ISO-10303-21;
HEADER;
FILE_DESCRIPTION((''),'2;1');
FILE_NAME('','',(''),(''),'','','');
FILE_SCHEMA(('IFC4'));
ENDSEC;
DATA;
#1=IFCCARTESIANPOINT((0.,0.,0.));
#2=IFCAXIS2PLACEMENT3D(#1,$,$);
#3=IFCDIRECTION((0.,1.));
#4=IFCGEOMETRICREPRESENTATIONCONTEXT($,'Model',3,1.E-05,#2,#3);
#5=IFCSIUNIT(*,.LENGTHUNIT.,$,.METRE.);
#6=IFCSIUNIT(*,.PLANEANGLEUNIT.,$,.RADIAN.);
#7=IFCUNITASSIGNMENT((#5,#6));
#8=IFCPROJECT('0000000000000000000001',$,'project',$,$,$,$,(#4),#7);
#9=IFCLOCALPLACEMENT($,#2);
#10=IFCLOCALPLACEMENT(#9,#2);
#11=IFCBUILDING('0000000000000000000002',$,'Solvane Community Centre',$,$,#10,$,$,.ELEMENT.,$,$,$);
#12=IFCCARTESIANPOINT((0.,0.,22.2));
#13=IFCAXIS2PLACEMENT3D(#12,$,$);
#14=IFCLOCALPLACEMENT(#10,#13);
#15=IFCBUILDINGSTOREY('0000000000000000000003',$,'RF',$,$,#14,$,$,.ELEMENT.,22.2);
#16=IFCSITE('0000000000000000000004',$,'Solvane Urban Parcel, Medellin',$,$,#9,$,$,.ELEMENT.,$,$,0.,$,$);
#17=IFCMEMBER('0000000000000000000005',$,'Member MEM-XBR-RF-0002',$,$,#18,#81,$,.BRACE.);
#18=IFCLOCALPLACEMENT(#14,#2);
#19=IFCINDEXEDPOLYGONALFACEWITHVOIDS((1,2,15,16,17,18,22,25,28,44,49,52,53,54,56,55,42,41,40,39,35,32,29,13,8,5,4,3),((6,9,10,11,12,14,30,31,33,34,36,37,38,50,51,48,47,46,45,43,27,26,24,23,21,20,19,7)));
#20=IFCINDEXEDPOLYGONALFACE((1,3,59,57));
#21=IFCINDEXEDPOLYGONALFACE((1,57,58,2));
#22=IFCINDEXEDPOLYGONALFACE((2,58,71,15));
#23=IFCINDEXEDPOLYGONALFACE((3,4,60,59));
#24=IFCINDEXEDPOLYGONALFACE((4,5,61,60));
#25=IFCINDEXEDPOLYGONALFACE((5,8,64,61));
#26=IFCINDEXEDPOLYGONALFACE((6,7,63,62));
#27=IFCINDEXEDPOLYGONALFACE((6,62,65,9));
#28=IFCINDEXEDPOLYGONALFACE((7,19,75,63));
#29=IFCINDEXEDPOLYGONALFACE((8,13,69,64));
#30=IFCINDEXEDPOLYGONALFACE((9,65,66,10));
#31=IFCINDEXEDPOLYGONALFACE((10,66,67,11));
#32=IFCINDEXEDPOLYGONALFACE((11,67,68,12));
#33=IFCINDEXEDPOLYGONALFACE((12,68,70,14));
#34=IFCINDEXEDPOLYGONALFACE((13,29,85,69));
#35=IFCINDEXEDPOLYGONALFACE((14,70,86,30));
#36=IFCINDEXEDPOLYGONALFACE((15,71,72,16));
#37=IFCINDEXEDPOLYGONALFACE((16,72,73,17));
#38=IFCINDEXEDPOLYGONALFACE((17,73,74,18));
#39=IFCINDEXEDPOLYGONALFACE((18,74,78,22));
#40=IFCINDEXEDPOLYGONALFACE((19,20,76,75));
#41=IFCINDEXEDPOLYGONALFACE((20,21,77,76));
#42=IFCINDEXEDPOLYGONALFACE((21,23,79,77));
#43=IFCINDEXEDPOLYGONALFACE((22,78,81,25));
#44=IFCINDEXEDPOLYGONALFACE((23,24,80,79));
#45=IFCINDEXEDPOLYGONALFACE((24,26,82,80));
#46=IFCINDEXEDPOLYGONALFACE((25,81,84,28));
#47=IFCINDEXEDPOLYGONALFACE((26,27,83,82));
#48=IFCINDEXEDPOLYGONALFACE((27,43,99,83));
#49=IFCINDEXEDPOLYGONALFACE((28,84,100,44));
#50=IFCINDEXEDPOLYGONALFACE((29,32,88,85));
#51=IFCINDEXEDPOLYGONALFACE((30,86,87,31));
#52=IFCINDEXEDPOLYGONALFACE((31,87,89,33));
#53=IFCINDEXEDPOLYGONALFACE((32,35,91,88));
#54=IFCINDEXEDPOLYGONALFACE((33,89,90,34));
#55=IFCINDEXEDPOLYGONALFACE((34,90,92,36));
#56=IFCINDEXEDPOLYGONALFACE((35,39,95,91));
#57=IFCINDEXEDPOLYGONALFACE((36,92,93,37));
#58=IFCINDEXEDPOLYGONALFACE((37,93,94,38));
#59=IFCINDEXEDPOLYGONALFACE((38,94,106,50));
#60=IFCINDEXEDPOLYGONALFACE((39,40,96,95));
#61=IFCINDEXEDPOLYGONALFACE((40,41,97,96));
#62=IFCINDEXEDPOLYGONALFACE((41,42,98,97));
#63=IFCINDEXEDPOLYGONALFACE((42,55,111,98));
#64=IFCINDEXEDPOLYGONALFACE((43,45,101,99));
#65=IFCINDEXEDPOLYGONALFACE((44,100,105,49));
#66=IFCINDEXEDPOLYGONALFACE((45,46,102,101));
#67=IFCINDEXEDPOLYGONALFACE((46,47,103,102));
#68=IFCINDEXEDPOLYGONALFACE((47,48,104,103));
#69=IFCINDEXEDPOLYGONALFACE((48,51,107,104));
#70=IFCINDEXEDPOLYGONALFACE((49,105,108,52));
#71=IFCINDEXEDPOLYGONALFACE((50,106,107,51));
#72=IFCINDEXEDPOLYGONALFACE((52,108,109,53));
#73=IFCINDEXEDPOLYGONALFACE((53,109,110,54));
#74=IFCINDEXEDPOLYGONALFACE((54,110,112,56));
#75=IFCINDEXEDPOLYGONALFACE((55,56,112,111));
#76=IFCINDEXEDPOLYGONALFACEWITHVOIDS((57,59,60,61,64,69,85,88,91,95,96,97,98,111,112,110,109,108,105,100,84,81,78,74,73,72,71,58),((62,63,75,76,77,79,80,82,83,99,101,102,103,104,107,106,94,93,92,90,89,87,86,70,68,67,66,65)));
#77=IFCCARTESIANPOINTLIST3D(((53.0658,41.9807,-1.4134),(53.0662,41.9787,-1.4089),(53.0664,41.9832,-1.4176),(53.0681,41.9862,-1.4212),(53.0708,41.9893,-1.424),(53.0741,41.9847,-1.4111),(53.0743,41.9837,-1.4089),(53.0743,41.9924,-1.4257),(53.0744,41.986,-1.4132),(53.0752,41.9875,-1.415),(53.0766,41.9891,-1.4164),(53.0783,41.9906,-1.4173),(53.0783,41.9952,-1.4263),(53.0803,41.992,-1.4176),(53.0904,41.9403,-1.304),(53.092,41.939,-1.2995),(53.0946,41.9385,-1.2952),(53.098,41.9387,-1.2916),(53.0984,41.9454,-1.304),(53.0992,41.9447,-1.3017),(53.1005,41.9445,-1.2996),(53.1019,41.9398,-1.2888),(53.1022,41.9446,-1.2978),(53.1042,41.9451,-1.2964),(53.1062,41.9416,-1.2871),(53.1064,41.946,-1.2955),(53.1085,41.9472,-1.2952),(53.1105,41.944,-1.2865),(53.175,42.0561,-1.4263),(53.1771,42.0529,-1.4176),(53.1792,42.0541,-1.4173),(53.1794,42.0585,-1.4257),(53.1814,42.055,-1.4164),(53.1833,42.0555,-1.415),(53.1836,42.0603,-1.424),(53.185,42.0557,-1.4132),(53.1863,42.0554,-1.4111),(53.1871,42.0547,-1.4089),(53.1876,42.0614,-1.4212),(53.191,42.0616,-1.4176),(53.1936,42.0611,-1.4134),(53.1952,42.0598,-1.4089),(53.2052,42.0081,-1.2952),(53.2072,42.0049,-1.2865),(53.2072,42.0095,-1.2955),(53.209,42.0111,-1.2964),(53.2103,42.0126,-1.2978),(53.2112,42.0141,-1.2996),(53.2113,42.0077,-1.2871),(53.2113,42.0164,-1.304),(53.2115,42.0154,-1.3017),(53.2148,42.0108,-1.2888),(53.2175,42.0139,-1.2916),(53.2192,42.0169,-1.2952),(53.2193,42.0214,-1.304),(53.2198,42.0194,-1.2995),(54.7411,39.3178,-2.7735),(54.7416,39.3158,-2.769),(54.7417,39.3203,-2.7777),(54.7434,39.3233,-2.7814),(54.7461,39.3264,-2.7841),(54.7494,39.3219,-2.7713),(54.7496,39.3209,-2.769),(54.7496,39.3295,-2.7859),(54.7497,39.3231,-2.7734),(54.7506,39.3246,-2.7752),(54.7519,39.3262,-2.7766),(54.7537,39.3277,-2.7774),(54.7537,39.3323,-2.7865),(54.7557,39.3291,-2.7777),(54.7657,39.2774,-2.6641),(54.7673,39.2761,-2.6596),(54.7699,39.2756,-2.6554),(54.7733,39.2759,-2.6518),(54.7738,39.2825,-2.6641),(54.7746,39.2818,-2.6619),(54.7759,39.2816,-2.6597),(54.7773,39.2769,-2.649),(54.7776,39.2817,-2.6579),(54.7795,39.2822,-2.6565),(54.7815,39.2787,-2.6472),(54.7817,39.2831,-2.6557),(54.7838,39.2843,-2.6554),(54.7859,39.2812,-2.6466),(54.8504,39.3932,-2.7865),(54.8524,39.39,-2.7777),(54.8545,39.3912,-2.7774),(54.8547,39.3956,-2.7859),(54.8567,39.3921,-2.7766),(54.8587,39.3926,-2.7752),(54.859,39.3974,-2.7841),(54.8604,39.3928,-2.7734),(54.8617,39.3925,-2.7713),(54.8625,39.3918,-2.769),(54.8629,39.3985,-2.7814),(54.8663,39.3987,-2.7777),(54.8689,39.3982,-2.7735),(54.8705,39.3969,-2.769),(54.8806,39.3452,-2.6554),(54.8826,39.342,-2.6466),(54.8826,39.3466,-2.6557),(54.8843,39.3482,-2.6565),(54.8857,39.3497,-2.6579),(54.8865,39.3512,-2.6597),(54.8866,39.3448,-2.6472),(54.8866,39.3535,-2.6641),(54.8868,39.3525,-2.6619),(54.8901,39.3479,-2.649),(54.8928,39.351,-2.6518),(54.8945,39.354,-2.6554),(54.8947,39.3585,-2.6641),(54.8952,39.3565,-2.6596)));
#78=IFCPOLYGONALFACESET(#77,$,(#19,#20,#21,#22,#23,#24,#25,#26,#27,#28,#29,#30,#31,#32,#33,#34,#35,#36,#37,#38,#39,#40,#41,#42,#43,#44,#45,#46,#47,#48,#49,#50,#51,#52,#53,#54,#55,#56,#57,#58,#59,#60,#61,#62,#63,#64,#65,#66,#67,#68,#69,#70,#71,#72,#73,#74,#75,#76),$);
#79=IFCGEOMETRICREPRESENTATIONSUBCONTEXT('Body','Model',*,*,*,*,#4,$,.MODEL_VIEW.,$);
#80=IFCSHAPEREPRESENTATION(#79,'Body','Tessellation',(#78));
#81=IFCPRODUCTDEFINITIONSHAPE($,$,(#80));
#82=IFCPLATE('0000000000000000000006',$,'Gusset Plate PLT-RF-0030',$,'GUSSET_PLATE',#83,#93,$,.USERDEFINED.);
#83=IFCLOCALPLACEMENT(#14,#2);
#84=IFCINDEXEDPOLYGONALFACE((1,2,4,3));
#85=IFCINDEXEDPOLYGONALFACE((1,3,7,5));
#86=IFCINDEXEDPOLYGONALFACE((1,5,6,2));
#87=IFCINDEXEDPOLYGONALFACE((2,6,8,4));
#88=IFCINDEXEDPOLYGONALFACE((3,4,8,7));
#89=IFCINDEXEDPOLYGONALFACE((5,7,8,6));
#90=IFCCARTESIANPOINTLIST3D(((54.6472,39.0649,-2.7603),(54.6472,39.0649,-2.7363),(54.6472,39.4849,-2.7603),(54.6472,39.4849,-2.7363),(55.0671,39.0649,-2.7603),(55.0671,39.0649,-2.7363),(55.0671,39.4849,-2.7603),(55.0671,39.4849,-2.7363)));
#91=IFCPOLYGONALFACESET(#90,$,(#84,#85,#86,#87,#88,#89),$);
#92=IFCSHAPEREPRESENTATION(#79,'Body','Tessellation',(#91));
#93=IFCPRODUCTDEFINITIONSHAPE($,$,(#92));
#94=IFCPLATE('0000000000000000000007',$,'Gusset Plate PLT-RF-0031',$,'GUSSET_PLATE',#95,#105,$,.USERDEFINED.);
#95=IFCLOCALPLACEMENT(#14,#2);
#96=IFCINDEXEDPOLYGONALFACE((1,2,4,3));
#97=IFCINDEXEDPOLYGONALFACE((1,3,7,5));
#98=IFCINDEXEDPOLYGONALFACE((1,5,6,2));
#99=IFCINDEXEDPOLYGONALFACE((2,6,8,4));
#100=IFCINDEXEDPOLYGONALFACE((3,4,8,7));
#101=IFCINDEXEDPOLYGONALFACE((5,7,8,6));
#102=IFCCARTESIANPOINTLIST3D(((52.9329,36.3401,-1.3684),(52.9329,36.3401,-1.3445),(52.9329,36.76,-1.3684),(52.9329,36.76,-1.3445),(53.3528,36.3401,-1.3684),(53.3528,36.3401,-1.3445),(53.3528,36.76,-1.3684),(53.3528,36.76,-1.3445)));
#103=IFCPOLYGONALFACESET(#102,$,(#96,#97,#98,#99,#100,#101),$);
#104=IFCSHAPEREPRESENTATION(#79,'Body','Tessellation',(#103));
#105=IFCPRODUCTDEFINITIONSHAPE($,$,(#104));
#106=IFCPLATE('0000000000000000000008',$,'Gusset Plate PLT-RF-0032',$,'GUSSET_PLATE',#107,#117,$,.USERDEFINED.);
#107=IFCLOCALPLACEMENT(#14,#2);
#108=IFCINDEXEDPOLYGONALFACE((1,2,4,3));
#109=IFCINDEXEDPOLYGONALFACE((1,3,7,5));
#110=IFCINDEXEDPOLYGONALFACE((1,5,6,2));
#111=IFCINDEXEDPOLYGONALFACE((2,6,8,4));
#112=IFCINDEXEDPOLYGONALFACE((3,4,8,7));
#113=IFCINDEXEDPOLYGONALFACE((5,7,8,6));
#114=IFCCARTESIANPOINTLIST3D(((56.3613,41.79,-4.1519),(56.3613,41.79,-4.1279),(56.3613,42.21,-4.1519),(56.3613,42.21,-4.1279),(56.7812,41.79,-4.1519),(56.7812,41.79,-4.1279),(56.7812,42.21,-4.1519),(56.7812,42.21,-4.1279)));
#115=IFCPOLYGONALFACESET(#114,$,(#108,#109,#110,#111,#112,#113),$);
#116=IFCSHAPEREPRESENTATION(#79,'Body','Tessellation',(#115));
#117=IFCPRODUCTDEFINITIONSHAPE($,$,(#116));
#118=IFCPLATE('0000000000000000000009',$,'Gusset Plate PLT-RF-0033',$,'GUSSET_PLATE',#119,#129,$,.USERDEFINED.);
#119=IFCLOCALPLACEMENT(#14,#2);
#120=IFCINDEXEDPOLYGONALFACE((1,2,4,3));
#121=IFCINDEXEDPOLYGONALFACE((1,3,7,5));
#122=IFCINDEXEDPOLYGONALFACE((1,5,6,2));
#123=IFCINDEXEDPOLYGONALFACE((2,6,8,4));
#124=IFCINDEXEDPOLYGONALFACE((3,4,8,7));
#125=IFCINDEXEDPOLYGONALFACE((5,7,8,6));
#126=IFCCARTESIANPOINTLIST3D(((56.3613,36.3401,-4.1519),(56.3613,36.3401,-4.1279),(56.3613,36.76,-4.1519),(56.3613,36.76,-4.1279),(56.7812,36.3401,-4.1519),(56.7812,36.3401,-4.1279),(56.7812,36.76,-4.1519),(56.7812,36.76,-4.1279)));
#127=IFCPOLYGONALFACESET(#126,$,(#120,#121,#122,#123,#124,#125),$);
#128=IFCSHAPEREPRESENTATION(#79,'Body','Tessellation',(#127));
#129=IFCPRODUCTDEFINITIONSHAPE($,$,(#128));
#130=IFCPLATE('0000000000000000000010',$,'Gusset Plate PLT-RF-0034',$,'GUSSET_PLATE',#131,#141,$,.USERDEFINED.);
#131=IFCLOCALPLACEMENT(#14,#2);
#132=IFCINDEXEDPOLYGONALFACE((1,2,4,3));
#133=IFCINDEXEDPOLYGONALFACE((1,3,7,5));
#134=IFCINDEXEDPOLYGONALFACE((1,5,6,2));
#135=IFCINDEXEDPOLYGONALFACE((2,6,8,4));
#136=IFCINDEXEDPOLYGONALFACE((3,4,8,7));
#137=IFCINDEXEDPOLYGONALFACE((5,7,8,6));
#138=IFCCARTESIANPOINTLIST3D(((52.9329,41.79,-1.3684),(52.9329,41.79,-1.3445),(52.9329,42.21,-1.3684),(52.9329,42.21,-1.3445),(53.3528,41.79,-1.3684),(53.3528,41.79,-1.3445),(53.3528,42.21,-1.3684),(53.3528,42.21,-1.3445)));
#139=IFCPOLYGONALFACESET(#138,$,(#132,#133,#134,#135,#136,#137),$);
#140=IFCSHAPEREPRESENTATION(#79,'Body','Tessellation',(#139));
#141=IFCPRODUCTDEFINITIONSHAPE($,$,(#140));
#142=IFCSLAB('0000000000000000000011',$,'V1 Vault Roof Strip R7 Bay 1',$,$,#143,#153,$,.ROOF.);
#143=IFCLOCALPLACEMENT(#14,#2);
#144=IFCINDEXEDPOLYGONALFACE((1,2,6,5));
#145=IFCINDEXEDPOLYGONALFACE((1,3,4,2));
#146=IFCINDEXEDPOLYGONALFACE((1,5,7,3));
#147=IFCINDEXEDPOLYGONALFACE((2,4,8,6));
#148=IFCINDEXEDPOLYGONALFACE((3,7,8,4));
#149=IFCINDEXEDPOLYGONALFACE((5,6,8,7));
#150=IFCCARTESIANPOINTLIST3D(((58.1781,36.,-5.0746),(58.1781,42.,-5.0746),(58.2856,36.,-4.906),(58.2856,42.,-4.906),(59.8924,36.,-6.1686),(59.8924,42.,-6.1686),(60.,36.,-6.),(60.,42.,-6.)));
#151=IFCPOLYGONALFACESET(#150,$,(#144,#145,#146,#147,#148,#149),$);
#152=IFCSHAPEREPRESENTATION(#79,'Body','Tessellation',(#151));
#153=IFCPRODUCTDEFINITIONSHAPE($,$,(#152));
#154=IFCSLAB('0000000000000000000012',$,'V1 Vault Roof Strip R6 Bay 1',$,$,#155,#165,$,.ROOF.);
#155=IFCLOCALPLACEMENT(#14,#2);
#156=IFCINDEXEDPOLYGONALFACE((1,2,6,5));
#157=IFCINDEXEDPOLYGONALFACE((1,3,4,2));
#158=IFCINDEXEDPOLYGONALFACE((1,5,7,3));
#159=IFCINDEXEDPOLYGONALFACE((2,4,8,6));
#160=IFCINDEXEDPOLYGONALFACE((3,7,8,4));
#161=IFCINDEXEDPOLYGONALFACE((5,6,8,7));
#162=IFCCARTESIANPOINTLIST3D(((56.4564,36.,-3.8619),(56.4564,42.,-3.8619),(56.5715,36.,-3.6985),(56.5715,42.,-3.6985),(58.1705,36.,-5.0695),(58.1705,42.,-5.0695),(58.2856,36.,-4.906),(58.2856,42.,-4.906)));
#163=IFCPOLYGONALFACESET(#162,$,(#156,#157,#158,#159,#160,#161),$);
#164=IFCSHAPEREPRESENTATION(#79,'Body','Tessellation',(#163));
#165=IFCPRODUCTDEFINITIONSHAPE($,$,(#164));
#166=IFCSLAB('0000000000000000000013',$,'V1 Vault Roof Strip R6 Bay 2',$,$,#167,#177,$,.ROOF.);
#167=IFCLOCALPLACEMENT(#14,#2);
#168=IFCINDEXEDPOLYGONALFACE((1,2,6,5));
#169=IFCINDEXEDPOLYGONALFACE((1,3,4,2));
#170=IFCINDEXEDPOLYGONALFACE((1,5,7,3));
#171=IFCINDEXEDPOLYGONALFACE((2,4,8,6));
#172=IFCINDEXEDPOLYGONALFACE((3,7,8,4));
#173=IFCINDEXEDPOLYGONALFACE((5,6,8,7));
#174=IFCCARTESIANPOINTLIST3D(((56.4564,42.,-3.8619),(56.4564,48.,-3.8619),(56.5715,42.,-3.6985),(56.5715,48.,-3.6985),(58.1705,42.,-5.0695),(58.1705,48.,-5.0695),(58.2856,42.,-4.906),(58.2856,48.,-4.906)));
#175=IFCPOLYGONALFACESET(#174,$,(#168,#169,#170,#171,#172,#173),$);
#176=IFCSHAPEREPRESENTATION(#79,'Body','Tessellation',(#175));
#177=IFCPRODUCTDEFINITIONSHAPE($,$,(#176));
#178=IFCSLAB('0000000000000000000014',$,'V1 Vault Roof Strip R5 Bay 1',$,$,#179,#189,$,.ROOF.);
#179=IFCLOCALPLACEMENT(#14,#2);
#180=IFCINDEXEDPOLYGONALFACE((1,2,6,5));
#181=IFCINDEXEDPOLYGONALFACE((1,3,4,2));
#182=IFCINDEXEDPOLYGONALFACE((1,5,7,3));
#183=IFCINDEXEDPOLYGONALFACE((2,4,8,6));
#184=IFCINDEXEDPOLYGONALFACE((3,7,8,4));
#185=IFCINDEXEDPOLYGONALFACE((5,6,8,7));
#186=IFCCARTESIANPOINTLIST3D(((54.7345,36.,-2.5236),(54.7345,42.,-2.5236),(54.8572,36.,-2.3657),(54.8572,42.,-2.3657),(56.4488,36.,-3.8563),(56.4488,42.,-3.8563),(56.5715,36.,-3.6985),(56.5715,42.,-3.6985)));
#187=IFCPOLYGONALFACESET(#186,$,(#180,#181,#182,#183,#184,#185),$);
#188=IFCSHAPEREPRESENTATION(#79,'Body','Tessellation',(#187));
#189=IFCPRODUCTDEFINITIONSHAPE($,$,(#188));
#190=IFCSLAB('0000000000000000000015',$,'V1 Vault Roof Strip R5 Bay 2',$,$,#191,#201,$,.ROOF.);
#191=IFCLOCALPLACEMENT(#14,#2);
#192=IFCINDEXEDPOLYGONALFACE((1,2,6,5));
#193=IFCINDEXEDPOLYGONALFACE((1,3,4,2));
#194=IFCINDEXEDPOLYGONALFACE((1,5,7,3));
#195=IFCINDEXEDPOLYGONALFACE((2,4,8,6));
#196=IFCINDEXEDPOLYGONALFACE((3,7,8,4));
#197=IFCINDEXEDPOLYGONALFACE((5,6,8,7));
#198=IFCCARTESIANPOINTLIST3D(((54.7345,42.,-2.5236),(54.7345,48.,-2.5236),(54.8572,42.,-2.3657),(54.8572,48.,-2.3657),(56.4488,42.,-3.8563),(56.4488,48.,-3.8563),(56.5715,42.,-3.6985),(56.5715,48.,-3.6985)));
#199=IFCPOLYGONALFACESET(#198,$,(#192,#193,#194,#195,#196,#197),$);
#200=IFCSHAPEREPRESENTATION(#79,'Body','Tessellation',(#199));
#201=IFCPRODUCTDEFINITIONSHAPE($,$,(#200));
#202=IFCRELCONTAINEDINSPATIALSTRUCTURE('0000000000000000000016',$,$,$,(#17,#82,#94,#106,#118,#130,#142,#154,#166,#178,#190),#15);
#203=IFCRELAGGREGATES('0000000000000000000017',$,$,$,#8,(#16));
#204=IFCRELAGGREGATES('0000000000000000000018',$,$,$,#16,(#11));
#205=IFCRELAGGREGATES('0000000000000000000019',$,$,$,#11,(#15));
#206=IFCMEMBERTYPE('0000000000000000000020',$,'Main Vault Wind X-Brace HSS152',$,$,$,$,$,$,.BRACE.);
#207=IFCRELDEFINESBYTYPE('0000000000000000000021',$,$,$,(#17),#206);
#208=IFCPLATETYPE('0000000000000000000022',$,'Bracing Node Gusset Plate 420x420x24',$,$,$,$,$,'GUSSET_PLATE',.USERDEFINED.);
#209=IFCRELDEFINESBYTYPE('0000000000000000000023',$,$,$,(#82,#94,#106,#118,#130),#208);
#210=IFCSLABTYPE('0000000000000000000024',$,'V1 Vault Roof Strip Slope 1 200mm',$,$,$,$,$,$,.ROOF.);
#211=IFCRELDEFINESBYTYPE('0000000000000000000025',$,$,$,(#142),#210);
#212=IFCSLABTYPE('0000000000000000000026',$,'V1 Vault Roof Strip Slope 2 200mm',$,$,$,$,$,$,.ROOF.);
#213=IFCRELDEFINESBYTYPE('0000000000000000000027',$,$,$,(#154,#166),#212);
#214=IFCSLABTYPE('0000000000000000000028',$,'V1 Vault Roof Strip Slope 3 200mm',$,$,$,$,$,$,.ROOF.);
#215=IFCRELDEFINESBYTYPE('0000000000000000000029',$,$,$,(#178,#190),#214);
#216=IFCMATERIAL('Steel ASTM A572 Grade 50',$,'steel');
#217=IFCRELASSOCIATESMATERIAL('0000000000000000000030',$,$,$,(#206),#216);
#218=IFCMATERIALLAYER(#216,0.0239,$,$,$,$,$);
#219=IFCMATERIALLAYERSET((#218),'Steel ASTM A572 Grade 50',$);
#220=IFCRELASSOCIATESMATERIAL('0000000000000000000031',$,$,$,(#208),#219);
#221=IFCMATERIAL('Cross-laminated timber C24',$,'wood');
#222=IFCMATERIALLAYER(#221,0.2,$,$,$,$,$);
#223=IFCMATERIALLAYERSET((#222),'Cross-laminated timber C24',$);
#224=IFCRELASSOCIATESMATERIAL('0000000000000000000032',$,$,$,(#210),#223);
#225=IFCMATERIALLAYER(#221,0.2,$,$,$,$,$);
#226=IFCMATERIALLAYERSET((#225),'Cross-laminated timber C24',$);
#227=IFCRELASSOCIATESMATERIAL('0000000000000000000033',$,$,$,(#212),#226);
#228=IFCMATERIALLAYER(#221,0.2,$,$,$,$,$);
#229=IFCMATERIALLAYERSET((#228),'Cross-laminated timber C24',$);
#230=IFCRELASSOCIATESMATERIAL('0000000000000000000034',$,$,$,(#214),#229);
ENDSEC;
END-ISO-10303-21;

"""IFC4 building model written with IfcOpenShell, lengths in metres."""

from ifc_helpers import new_model, si_unit, direction, frame, origin, origin_2d, place, context, subcontext, project, spatial, polyline, rectangle, hollow_rectangle, outline, extrude, material, layer, layer_set, material_profile, profile_set, type_object, element, save


model = new_model("IFC4")

# Units and contexts
model_context = context("Model", 3, precision=1e-05, world=origin(), true_north=direction((0.0, 1.0)))
body_context = subcontext(model_context, "Body", "Model", "MODEL_VIEW")
ifc_project = project(units=[si_unit("LENGTHUNIT", "METRE"), si_unit("PLANEANGLEUNIT", "RADIAN")], contexts=[model_context])

# Site, building, storey
site_placement = place(None, origin())
site = spatial("IfcSite", under=ifc_project, at=site_placement, Name="Solvane Urban Parcel, Medellin", CompositionType="ELEMENT", RefElevation=0.0)
building_placement = place(site_placement, origin())
building = spatial("IfcBuilding", under=site, at=building_placement, Name="Solvane Community Centre", CompositionType="ELEMENT")
storey_placement = place(building_placement, frame((0.0, 0.0, 22.2)))
storey = spatial("IfcBuildingStorey", under=building, at=storey_placement, Name="RF", CompositionType="ELEMENT", Elevation=22.2)

# Member
ifc_material_1 = material(Name="Steel ASTM A572 Grade 50", Category="steel")
ifc_material_profile_1 = material_profile(ifc_material_1, hollow_rectangle(XDim=0.1523, YDim=0.1523, WallThickness=0.0095, InnerFilletRadius=0.0095, OuterFilletRadius=0.019, at=origin_2d()), Name="HSS 152x152x9.5")
ifc_profile_set_1 = profile_set([ifc_material_profile_1], Name="Steel ASTM A572 Grade 50")
member_type_1 = type_object("IfcMemberType", Name="Main Vault Wind X-Brace HSS152", PredefinedType="BRACE", material=ifc_profile_set_1)
member_1_placement = place(storey_placement, frame((54.8181, 39.3372, -2.7166), z_axis=(-0.488791, 0.776923, 0.396831), x_axis=(-0.846421, -0.532515, 0.0)))
element("IfcMember", 1, at=member_1_placement, inside=storey, type_object=member_type_1, Name="Member MEM-XBR-RF-0002", PredefinedType="BRACE", context=body_context, shape_type="SweptSolid", body=[
    extrude(hollow_rectangle(XDim=0.1523, YDim=0.1523, WallThickness=0.0095, InnerFilletRadius=0.0095, OuterFilletRadius=0.019, at=origin_2d()), origin(), (0.0, 0.0, 1.0), 3.4275),
])

# Plates
ifc_layer_1 = layer(ifc_material_1, 0.0239)
ifc_layer_set_1 = layer_set([ifc_layer_1], Name="Steel ASTM A572 Grade 50")
plate_type_1 = type_object("IfcPlateType", Name="Bracing Node Gusset Plate 420x420x24", ElementType="GUSSET_PLATE", PredefinedType="USERDEFINED", material=ifc_layer_set_1)
for number, where, z_axis, x_axis, name in (
    (2, (54.8572, 39.2749, -2.7603), (0.0, 0.0, 1.0), (1.0, 0.0, 0.0), "Gusset Plate PLT-RF-0030"),
    (3, (53.1428, 36.55, -1.3684), (0.0, 0.0, 1.0), (1.0, 0.0, 0.0), "Gusset Plate PLT-RF-0031"),
    (4, (56.5713, 42.0, -4.1519), (0.0, 0.0, 1.0), (1.0, 0.0, 0.0), "Gusset Plate PLT-RF-0032"),
    (5, (56.5713, 36.55, -4.1519), (0.0, 0.0, 1.0), (1.0, 0.0, 0.0), "Gusset Plate PLT-RF-0033"),
    (6, (53.1428, 42.0, -1.3684), (0.0, 0.0, 1.0), (1.0, 0.0, 0.0), "Gusset Plate PLT-RF-0034"),
):
    element("IfcPlate", number, at=place(storey_placement, frame(where, z_axis=z_axis, x_axis=x_axis)), inside=storey, type_object=plate_type_1, Name=name, ObjectType="GUSSET_PLATE", PredefinedType="USERDEFINED", context=body_context, shape_type="SweptSolid", body=[
        extrude(rectangle(XDim=0.4199, YDim=0.4199, at=origin_2d()), origin(), (0.0, 0.0, 1.0), 0.0239),
    ])

# Slabs
ifc_material_2 = material(Name="Cross-laminated timber C24", Category="wood")
ifc_layer_2 = layer(ifc_material_2, 0.2)
ifc_layer_set_2 = layer_set([ifc_layer_2], Name="Cross-laminated timber C24")
slab_type_1 = type_object("IfcSlabType", Name="V1 Vault Roof Strip Slope 1 200mm", PredefinedType="ROOF", material=ifc_layer_set_2)
slab_1_placement = place(storey_placement, frame((58.2856, 36.0, -4.906), z_axis=(0.537939, 0.0, 0.842984), x_axis=(0.842984, 0.0, -0.537939)))
element("IfcSlab", 7, at=slab_1_placement, inside=storey, type_object=slab_type_1, Name="V1 Vault Roof Strip R7 Bay 1", PredefinedType="ROOF", context=body_context, shape_type="SweptSolid", body=[
    extrude(outline(polyline([(0.0, 0.0), (2.0337, 0.0), (2.0337, 6.0), (0.0, 6.0), (0.0, 0.0)])), origin(), (0.0, 0.0, -1.0), 0.2),
])
ifc_layer_3 = layer(ifc_material_2, 0.2)
ifc_layer_set_3 = layer_set([ifc_layer_3], Name="Cross-laminated timber C24")
slab_type_2 = type_object("IfcSlabType", Name="V1 Vault Roof Strip Slope 2 200mm", PredefinedType="ROOF", material=ifc_layer_set_3)
for number, where, z_axis, x_axis, name in (
    (8, (56.5715, 36.0, -3.6985), (0.575906, 0.0, 0.817516), (0.817516, 0.0, -0.575906), "V1 Vault Roof Strip R6 Bay 1"),
    (9, (56.5715, 42.0, -3.6985), (0.575906, 0.0, 0.817516), (0.817516, 0.0, -0.575906), "V1 Vault Roof Strip R6 Bay 2"),
):
    element("IfcSlab", number, at=place(storey_placement, frame(where, z_axis=z_axis, x_axis=x_axis)), inside=storey, type_object=slab_type_2, Name=name, PredefinedType="ROOF", context=body_context, shape_type="SweptSolid", body=[
        extrude(outline(polyline([(0.0, 0.0), (2.0967, 0.0), (2.0967, 6.0), (0.0, 6.0), (0.0, 0.0)])), origin(), (0.0, 0.0, -1.0), 0.2),
    ])
ifc_layer_4 = layer(ifc_material_2, 0.2)
ifc_layer_set_4 = layer_set([ifc_layer_4], Name="Cross-laminated timber C24")
slab_type_3 = type_object("IfcSlabType", Name="V1 Vault Roof Strip Slope 3 200mm", PredefinedType="ROOF", material=ifc_layer_set_4)
for number, where, z_axis, x_axis, name in (
    (10, (54.8572, 36.0, -2.3657), (0.613762, 0.0, 0.789491), (0.789491, 0.0, -0.613762), "V1 Vault Roof Strip R5 Bay 1"),
    (11, (54.8572, 42.0, -2.3657), (0.613762, 0.0, 0.789491), (0.789491, 0.0, -0.613762), "V1 Vault Roof Strip R5 Bay 2"),
):
    element("IfcSlab", number, at=place(storey_placement, frame(where, z_axis=z_axis, x_axis=x_axis)), inside=storey, type_object=slab_type_3, Name=name, PredefinedType="ROOF", context=body_context, shape_type="SweptSolid", body=[
        extrude(outline(polyline([(0.0, 0.0), (2.1715, 0.0), (2.1715, 6.0), (0.0, 6.0), (0.0, 0.0)])), origin(), (0.0, 0.0, -1.0), 0.2),
    ])

save(model, "model.ifc")
